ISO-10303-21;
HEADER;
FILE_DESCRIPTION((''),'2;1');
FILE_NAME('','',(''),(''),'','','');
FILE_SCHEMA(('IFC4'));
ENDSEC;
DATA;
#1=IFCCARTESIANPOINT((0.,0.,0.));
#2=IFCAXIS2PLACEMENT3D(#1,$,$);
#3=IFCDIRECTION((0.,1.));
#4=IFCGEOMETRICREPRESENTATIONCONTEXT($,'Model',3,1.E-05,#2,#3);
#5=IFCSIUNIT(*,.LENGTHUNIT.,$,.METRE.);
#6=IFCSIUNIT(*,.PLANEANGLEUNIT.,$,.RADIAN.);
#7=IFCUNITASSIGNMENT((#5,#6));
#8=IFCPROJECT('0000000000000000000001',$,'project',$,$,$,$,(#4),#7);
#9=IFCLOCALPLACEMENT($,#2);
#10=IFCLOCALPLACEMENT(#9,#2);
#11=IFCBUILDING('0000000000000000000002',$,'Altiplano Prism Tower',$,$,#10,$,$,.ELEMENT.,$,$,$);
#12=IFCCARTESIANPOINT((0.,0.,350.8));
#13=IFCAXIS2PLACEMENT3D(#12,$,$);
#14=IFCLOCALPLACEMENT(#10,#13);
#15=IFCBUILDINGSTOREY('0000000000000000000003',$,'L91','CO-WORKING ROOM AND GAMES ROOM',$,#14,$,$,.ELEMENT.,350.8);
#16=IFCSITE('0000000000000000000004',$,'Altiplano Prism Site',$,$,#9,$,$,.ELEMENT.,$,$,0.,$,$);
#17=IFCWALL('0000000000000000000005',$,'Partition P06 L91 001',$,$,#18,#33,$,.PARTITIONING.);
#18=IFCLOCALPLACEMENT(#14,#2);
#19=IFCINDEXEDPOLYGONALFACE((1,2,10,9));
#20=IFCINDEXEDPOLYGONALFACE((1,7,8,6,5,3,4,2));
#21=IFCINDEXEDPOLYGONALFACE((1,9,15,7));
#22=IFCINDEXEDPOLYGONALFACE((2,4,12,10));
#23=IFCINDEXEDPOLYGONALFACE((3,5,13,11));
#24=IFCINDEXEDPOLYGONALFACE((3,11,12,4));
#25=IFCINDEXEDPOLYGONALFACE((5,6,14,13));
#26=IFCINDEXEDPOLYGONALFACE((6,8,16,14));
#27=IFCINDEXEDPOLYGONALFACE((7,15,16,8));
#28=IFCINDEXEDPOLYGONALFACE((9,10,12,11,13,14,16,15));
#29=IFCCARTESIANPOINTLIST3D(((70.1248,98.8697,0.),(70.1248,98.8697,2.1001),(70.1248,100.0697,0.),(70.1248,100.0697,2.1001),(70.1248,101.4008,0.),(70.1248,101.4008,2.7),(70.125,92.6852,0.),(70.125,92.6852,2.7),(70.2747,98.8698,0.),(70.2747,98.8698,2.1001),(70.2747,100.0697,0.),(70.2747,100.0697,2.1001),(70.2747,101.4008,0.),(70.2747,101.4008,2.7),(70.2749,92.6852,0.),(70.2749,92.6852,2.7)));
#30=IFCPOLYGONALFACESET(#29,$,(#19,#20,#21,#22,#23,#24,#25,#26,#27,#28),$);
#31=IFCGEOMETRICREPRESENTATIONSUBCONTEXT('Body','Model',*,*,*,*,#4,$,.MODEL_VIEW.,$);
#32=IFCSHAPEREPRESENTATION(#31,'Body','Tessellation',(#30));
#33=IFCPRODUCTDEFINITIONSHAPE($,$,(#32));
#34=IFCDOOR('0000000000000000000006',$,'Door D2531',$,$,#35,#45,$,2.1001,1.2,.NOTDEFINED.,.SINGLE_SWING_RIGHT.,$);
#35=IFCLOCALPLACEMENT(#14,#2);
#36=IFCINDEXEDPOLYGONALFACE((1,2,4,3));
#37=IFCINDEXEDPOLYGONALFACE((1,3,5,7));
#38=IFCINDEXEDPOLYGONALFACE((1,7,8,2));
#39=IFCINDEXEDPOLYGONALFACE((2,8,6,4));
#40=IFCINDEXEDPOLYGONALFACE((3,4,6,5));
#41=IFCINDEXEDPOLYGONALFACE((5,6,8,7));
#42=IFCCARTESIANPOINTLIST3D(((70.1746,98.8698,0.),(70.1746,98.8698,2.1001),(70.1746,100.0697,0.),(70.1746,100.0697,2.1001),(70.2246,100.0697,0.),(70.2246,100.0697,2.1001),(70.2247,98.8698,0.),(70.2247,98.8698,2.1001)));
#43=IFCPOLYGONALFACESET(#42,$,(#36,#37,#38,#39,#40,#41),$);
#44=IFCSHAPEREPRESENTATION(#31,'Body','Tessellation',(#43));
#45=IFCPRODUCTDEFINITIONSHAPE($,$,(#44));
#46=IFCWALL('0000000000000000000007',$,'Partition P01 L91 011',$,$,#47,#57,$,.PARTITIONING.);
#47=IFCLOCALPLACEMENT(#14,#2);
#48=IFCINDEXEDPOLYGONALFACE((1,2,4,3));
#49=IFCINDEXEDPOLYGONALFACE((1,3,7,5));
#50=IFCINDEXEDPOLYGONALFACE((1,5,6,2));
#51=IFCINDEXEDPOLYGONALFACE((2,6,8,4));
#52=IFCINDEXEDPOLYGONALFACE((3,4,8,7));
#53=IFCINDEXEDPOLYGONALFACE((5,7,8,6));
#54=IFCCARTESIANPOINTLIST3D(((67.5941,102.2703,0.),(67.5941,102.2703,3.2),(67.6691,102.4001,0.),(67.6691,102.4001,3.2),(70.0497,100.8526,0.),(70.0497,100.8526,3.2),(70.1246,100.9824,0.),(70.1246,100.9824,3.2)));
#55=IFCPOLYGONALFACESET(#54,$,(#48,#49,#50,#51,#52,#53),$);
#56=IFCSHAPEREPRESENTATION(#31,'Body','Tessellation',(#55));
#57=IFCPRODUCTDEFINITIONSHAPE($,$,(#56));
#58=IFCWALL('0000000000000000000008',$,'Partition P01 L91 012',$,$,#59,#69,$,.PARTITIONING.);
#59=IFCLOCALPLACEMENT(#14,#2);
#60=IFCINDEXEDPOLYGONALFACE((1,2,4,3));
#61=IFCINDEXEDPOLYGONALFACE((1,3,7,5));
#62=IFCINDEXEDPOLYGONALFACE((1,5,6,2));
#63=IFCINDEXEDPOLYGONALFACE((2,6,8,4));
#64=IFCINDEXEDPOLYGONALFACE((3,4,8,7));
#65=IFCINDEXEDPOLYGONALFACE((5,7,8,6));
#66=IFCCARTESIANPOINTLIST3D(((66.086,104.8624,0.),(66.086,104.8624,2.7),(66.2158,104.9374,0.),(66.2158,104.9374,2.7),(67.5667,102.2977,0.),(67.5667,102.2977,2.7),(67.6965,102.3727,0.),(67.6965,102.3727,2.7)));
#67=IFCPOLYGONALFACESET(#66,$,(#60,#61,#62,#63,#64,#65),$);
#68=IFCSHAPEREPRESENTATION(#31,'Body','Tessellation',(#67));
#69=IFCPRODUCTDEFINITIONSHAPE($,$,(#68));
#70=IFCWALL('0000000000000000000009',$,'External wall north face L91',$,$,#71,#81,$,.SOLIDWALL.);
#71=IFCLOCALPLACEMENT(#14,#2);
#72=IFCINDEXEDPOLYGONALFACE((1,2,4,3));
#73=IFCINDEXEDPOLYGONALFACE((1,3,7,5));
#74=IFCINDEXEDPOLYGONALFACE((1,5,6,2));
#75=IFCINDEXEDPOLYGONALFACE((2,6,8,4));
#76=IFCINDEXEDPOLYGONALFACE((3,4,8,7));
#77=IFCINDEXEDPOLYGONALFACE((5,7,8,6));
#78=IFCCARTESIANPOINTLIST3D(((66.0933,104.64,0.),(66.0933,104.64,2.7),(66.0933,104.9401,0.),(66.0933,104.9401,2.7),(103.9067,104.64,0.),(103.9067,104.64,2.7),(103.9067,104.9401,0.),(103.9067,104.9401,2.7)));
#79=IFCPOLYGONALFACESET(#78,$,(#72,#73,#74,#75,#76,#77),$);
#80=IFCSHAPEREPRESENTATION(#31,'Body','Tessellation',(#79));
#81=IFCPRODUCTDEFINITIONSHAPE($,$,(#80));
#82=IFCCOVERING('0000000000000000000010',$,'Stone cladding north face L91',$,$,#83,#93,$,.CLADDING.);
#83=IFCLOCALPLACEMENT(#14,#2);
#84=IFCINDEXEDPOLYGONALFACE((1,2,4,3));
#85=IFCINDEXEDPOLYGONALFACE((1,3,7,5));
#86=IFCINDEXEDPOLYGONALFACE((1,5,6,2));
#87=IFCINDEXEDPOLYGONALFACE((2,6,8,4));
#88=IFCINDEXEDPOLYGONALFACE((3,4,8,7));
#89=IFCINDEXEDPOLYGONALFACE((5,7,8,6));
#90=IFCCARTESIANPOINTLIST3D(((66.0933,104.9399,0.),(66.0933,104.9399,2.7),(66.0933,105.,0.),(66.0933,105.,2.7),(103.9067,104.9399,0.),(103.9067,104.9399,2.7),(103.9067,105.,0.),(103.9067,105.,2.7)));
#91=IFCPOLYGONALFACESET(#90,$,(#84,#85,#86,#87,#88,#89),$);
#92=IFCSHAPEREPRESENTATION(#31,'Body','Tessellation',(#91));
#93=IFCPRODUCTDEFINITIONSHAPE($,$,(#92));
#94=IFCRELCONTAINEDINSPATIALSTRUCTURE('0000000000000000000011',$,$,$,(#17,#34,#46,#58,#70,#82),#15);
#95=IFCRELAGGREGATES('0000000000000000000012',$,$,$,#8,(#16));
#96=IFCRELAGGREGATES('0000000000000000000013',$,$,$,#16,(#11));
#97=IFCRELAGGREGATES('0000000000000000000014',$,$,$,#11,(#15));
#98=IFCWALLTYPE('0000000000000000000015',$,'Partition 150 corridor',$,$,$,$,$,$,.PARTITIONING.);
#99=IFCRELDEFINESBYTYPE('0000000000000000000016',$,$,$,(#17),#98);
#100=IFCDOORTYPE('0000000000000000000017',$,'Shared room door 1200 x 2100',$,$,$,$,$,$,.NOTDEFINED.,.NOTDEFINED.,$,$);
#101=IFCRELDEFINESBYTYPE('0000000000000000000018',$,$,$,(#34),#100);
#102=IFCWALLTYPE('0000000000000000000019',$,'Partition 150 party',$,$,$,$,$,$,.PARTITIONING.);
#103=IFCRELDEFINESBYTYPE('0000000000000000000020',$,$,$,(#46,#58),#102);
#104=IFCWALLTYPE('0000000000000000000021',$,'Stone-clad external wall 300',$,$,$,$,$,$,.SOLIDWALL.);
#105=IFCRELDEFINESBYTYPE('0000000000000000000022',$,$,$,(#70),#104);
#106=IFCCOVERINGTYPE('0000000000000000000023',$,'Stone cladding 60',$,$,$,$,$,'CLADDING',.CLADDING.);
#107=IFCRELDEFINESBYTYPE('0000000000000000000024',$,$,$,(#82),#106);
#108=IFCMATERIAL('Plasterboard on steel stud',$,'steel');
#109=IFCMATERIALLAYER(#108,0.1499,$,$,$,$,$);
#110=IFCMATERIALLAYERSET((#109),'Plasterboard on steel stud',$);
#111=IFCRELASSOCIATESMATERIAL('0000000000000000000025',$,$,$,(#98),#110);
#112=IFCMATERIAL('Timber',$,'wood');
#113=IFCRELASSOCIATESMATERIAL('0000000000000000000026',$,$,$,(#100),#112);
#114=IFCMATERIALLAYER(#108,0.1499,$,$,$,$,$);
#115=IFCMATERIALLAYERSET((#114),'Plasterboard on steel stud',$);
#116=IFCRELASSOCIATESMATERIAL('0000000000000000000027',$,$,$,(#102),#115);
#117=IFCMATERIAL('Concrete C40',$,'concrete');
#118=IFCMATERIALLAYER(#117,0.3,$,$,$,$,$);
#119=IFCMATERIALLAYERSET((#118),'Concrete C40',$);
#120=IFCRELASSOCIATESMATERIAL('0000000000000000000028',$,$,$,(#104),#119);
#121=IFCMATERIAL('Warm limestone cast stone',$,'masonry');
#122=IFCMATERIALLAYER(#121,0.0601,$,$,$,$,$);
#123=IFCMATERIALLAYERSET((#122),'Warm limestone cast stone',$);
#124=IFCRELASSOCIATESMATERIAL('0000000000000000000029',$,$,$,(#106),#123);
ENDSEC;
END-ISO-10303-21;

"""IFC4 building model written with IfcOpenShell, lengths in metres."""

from ifc_helpers import new_model, si_unit, direction, frame, frame_2d, origin, place, context, subcontext, project, spatial, rectangle, extrude, material, layer, layer_set, type_object, element, fill, save


model = new_model("IFC4")

# Units and contexts
model_context = context("Model", 3, precision=1e-05, world=origin(), true_north=direction((0.0, 1.0)))
body_context = subcontext(model_context, "Body", "Model", "MODEL_VIEW")
ifc_project = project(units=[si_unit("LENGTHUNIT", "METRE"), si_unit("PLANEANGLEUNIT", "RADIAN")], contexts=[model_context])

# Site, building, storey
site_placement = place(None, origin())
site = spatial("IfcSite", under=ifc_project, at=site_placement, Name="Altiplano Prism Site", CompositionType="ELEMENT", RefElevation=0.0)
building_placement = place(site_placement, origin())
building = spatial("IfcBuilding", under=site, at=building_placement, Name="Altiplano Prism Tower", CompositionType="ELEMENT")
storey_placement = place(building_placement, frame((0.0, 0.0, 350.8)))
storey = spatial("IfcBuildingStorey", under=building, at=storey_placement, Name="L91", Description="CO-WORKING ROOM AND GAMES ROOM", CompositionType="ELEMENT", Elevation=350.8)

# Wall, opening, door
ifc_material_1 = material(Name="Plasterboard on steel stud", Category="steel")
ifc_layer_1 = layer(ifc_material_1, 0.1499)
ifc_layer_set_1 = layer_set([ifc_layer_1], Name="Plasterboard on steel stud")
wall_type_1 = type_object("IfcWallType", Name="Partition 150 corridor", PredefinedType="PARTITIONING", material=ifc_layer_set_1)
wall_1_placement = place(storey_placement, frame((70.1997, 101.4009, 0.0), z_axis=(0.0, 0.0, 1.0), x_axis=(0.000028, -1.0, 0.0)))
wall_1 = element("IfcWall", 1, at=wall_1_placement, inside=storey, type_object=wall_type_1, Name="Partition P06 L91 001", PredefinedType="PARTITIONING", context=body_context, shape_type="SweptSolid", body=[
    extrude(rectangle(XDim=8.7156, YDim=0.1499, at=frame_2d((4.3579, 0.0))), origin(), (0.0, 0.0, 1.0), 2.7),
])
opening_placement = place(wall_1_placement, frame((1.3311, 0.0, 0.0)))
opening = element("IfcOpeningElement", 2, at=opening_placement, cuts=wall_1, PredefinedType="OPENING", context=body_context, shape_type="SweptSolid", body=[
    extrude(rectangle(XDim=1.2, YDim=2.1001, at=frame_2d((0.6001, 1.05))), frame((0.0, 0.0854, 0.0), z_axis=(0.0, -1.0, 0.0), x_axis=(1.0, 0.0, 0.0)), (0.0, 0.0, 1.0), 0.1709),
])
ifc_material_2 = material(Name="Timber", Category="wood")
door_type = type_object("IfcDoorType", Name="Shared room door 1200 x 2100", OperationType="NOTDEFINED", PredefinedType="NOTDEFINED", material=ifc_material_2)
door_placement = place(opening_placement, origin())
door = element("IfcDoor", 3, at=door_placement, inside=storey, type_object=door_type, Name="Door D2531", OperationType="SINGLE_SWING_RIGHT", OverallHeight=2.1001, OverallWidth=1.2, PredefinedType="NOTDEFINED", context=body_context, shape_type="SweptSolid", body=[
    extrude(rectangle(XDim=1.2, YDim=2.1001, at=frame_2d((0.6001, 1.05))), frame((0.0, 0.0249, 0.0), z_axis=(0.0, -1.0, 0.0), x_axis=(1.0, 0.0, 0.0)), (0.0, 0.0, 1.0), 0.05),
])
fill(opening, door)

# Walls
ifc_layer_2 = layer(ifc_material_1, 0.1499)
ifc_layer_set_2 = layer_set([ifc_layer_2], Name="Plasterboard on steel stud")
wall_type_2 = type_object("IfcWallType", Name="Partition 150 party", PredefinedType="PARTITIONING", material=ifc_layer_set_2)
wall_2_placement = place(storey_placement, frame((70.0872, 100.9175, 0.0), z_axis=(0.0, 0.0, 1.0), x_axis=(-0.866025, 0.500001, 0.0)))
element("IfcWall", 4, at=wall_2_placement, inside=storey, type_object=wall_type_2, Name="Partition P01 L91 011", PredefinedType="PARTITIONING", context=body_context, shape_type="SweptSolid", body=[
    extrude(rectangle(XDim=2.8354, YDim=0.1499, at=frame_2d((1.4177, 0.0))), origin(), (0.0, 0.0, 1.0), 3.2),
])
wall_3_placement = place(storey_placement, frame((67.6316, 102.3352, 0.0), z_axis=(0.0, 0.0, 1.0), x_axis=(-0.499996, 0.866028, 0.0)))
element("IfcWall", 5, at=wall_3_placement, inside=storey, type_object=wall_type_2, Name="Partition P01 L91 012", PredefinedType="PARTITIONING", context=body_context, shape_type="SweptSolid", body=[
    extrude(rectangle(XDim=2.9614, YDim=0.1499, at=frame_2d((1.4807, 0.0))), origin(), (0.0, 0.0, 1.0), 2.7),
])
ifc_material_3 = material(Name="Concrete C40", Category="concrete")
ifc_layer_3 = layer(ifc_material_3, 0.3)
ifc_layer_set_3 = layer_set([ifc_layer_3], Name="Concrete C40")
wall_type_3 = type_object("IfcWallType", Name="Stone-clad external wall 300", PredefinedType="SOLIDWALL", material=ifc_layer_set_3)
wall_4_placement = place(storey_placement, frame((66.0933, 104.79, 0.0), z_axis=(0.0, 0.0, 1.0), x_axis=(1.0, 0.0, 0.0)))
element("IfcWall", 6, at=wall_4_placement, inside=storey, type_object=wall_type_3, Name="External wall north face L91", PredefinedType="SOLIDWALL", context=body_context, shape_type="SweptSolid", body=[
    extrude(rectangle(XDim=37.8135, YDim=0.3, at=frame_2d((18.9067, 0.0))), origin(), (0.0, 0.0, 1.0), 2.7),
])

# Covering
ifc_material_4 = material(Name="Warm limestone cast stone", Category="masonry")
ifc_layer_4 = layer(ifc_material_4, 0.0601)
ifc_layer_set_4 = layer_set([ifc_layer_4], Name="Warm limestone cast stone")
covering_type = type_object("IfcCoveringType", Name="Stone cladding 60", ElementType="CLADDING", PredefinedType="CLADDING", material=ifc_layer_set_4)
covering_placement = place(storey_placement, frame((66.0933, 104.97, 0.0), z_axis=(0.0, 0.0, 1.0), x_axis=(1.0, 0.0, 0.0)))
element("IfcCovering", 7, at=covering_placement, inside=storey, type_object=covering_type, Name="Stone cladding north face L91", PredefinedType="CLADDING", context=body_context, shape_type="SweptSolid", body=[
    extrude(rectangle(XDim=37.8135, YDim=0.0601, at=frame_2d((18.9067, 0.0))), origin(), (0.0, 0.0, 1.0), 2.7),
])

save(model, "model.ifc")
